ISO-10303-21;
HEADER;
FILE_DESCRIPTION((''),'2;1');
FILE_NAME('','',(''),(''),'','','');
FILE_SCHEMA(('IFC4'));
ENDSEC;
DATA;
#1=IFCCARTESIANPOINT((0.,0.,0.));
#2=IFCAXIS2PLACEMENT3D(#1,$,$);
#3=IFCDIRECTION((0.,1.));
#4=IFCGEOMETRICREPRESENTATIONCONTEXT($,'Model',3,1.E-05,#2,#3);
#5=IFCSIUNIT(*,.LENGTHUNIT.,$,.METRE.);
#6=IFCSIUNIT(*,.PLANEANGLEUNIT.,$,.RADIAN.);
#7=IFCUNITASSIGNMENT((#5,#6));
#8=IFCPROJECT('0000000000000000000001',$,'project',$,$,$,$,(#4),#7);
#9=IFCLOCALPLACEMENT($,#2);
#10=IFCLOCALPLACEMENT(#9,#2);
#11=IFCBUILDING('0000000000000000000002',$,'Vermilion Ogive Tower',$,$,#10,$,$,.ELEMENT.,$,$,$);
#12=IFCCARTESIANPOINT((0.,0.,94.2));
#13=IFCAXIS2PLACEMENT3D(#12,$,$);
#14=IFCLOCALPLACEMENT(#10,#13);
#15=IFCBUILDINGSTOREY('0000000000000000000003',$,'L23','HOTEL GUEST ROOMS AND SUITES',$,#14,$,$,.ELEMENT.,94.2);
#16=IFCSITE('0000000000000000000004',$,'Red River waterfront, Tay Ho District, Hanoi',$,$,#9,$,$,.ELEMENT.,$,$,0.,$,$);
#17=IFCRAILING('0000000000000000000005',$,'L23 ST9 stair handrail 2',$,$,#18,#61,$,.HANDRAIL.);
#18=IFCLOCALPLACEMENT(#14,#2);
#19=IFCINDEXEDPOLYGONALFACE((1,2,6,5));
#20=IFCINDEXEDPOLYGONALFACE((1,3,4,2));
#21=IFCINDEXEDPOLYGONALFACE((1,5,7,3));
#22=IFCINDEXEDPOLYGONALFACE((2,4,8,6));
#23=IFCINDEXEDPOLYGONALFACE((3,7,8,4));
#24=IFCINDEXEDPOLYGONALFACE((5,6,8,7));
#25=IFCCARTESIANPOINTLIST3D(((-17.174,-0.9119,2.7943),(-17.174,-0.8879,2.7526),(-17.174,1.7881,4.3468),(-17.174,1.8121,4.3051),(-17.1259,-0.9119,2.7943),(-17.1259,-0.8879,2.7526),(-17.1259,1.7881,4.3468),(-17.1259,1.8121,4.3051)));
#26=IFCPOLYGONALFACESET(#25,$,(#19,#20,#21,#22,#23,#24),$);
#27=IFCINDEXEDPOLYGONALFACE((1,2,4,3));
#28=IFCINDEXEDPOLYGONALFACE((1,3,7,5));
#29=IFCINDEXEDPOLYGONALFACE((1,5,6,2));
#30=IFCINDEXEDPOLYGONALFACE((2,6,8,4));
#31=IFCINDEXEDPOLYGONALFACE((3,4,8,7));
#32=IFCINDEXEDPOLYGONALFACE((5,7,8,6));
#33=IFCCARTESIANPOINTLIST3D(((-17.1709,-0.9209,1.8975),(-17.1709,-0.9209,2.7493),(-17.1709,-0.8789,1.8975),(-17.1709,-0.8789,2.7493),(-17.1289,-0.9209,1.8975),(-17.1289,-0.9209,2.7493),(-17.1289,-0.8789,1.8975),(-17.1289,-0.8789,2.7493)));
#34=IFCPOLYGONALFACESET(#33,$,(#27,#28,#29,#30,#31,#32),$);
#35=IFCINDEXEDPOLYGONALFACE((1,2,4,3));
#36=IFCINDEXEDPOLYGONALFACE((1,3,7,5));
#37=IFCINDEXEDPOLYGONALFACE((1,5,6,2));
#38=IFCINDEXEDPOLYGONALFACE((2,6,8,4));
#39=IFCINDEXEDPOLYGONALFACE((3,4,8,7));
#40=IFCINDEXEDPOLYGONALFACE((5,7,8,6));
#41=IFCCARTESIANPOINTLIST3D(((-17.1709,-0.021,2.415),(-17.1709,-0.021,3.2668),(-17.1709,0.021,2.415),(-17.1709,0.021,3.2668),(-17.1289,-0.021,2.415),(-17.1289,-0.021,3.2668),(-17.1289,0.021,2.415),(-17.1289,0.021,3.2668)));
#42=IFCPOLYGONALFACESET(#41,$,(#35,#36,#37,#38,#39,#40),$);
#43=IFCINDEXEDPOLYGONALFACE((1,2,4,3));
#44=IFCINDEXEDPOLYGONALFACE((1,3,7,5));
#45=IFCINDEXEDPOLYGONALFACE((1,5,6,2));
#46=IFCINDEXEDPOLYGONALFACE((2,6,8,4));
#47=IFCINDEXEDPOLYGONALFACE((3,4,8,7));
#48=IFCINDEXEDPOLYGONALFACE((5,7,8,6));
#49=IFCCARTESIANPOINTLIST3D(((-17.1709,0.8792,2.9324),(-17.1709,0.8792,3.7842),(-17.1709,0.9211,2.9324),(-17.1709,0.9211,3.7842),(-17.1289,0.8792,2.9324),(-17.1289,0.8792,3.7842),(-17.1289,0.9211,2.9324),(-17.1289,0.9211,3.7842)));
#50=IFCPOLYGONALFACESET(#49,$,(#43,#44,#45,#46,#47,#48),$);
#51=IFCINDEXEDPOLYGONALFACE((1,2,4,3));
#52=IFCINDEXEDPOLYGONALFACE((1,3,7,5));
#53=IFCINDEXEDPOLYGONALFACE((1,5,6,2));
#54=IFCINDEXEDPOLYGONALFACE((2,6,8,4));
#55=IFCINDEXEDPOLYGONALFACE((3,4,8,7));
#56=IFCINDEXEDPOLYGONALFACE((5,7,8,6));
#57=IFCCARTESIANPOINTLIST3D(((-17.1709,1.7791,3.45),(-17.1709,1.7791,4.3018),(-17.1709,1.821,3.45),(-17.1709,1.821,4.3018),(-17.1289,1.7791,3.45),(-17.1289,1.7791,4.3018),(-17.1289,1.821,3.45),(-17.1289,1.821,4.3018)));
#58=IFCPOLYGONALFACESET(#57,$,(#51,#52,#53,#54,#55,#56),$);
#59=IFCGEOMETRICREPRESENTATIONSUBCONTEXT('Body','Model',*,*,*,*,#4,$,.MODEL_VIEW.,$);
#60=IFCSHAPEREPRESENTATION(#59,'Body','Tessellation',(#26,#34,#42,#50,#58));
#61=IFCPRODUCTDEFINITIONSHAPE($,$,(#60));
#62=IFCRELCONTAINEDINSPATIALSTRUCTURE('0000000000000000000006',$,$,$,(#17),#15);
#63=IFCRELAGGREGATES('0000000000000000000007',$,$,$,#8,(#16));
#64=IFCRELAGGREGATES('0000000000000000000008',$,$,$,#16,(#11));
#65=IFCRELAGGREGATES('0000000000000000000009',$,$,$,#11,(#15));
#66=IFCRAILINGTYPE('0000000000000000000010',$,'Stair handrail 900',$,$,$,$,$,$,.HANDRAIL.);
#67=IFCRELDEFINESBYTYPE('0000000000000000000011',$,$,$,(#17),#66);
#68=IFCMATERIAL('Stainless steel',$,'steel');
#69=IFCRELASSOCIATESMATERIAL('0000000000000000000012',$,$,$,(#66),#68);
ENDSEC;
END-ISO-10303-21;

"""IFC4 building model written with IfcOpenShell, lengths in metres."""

from ifc_helpers import new_model, si_unit, direction, frame, origin, origin_2d, place, context, subcontext, project, spatial, rectangle, extrude, material, type_object, element, save


model = new_model("IFC4")

# Units and contexts
model_context = context("Model", 3, precision=1e-05, world=origin(), true_north=direction((0.0, 1.0)))
body_context = subcontext(model_context, "Body", "Model", "MODEL_VIEW")
ifc_project = project(units=[si_unit("LENGTHUNIT", "METRE"), si_unit("PLANEANGLEUNIT", "RADIAN")], contexts=[model_context])

# Site, building, storey
site_placement = place(None, origin())
site = spatial("IfcSite", under=ifc_project, at=site_placement, Name="Red River waterfront, Tay Ho District, Hanoi", CompositionType="ELEMENT", RefElevation=0.0)
building_placement = place(site_placement, origin())
building = spatial("IfcBuilding", under=site, at=building_placement, Name="Vermilion Ogive Tower", CompositionType="ELEMENT")
storey_placement = place(building_placement, frame((0.0, 0.0, 94.2)))
storey = spatial("IfcBuildingStorey", under=building, at=storey_placement, Name="L23", Description="HOTEL GUEST ROOMS AND SUITES", CompositionType="ELEMENT", Elevation=94.2)

# Railing
ifc_material_1 = material(Name="Stainless steel", Category="steel")
railing_type = type_object("IfcRailingType", Name="Stair handrail 900", PredefinedType="HANDRAIL", material=ifc_material_1)
railing_placement = place(storey_placement, frame((-17.1499, -0.8999, 1.8975)))
element("IfcRailing", 1, at=railing_placement, inside=storey, type_object=railing_type, Name="L23 ST9 stair handrail 2", PredefinedType="HANDRAIL", context=body_context, shape_type="SweptSolid", body=[
    extrude(rectangle(XDim=0.0481, YDim=0.0481, at=origin_2d()), frame((0.0, 0.0, 0.876), z_axis=(0.0, 0.866904, 0.498476), x_axis=(-1.0, 0.0, 0.0)), (0.0, 0.0, 1.0), 3.1145),
    extrude(rectangle(XDim=0.042, YDim=0.042, at=origin_2d()), origin(), (0.0, 0.0, 1.0), 0.8518),
    extrude(rectangle(XDim=0.042, YDim=0.042, at=origin_2d()), frame((0.0, 0.8999, 0.5176)), (0.0, 0.0, 1.0), 0.8518),
    extrude(rectangle(XDim=0.042, YDim=0.042, at=origin_2d()), frame((0.0, 1.8, 1.0349)), (0.0, 0.0, 1.0), 0.8518),
    extrude(rectangle(XDim=0.042, YDim=0.042, at=origin_2d()), frame((0.0, 2.7, 1.5525)), (0.0, 0.0, 1.0), 0.8518),
])

save(model, "model.ifc")
